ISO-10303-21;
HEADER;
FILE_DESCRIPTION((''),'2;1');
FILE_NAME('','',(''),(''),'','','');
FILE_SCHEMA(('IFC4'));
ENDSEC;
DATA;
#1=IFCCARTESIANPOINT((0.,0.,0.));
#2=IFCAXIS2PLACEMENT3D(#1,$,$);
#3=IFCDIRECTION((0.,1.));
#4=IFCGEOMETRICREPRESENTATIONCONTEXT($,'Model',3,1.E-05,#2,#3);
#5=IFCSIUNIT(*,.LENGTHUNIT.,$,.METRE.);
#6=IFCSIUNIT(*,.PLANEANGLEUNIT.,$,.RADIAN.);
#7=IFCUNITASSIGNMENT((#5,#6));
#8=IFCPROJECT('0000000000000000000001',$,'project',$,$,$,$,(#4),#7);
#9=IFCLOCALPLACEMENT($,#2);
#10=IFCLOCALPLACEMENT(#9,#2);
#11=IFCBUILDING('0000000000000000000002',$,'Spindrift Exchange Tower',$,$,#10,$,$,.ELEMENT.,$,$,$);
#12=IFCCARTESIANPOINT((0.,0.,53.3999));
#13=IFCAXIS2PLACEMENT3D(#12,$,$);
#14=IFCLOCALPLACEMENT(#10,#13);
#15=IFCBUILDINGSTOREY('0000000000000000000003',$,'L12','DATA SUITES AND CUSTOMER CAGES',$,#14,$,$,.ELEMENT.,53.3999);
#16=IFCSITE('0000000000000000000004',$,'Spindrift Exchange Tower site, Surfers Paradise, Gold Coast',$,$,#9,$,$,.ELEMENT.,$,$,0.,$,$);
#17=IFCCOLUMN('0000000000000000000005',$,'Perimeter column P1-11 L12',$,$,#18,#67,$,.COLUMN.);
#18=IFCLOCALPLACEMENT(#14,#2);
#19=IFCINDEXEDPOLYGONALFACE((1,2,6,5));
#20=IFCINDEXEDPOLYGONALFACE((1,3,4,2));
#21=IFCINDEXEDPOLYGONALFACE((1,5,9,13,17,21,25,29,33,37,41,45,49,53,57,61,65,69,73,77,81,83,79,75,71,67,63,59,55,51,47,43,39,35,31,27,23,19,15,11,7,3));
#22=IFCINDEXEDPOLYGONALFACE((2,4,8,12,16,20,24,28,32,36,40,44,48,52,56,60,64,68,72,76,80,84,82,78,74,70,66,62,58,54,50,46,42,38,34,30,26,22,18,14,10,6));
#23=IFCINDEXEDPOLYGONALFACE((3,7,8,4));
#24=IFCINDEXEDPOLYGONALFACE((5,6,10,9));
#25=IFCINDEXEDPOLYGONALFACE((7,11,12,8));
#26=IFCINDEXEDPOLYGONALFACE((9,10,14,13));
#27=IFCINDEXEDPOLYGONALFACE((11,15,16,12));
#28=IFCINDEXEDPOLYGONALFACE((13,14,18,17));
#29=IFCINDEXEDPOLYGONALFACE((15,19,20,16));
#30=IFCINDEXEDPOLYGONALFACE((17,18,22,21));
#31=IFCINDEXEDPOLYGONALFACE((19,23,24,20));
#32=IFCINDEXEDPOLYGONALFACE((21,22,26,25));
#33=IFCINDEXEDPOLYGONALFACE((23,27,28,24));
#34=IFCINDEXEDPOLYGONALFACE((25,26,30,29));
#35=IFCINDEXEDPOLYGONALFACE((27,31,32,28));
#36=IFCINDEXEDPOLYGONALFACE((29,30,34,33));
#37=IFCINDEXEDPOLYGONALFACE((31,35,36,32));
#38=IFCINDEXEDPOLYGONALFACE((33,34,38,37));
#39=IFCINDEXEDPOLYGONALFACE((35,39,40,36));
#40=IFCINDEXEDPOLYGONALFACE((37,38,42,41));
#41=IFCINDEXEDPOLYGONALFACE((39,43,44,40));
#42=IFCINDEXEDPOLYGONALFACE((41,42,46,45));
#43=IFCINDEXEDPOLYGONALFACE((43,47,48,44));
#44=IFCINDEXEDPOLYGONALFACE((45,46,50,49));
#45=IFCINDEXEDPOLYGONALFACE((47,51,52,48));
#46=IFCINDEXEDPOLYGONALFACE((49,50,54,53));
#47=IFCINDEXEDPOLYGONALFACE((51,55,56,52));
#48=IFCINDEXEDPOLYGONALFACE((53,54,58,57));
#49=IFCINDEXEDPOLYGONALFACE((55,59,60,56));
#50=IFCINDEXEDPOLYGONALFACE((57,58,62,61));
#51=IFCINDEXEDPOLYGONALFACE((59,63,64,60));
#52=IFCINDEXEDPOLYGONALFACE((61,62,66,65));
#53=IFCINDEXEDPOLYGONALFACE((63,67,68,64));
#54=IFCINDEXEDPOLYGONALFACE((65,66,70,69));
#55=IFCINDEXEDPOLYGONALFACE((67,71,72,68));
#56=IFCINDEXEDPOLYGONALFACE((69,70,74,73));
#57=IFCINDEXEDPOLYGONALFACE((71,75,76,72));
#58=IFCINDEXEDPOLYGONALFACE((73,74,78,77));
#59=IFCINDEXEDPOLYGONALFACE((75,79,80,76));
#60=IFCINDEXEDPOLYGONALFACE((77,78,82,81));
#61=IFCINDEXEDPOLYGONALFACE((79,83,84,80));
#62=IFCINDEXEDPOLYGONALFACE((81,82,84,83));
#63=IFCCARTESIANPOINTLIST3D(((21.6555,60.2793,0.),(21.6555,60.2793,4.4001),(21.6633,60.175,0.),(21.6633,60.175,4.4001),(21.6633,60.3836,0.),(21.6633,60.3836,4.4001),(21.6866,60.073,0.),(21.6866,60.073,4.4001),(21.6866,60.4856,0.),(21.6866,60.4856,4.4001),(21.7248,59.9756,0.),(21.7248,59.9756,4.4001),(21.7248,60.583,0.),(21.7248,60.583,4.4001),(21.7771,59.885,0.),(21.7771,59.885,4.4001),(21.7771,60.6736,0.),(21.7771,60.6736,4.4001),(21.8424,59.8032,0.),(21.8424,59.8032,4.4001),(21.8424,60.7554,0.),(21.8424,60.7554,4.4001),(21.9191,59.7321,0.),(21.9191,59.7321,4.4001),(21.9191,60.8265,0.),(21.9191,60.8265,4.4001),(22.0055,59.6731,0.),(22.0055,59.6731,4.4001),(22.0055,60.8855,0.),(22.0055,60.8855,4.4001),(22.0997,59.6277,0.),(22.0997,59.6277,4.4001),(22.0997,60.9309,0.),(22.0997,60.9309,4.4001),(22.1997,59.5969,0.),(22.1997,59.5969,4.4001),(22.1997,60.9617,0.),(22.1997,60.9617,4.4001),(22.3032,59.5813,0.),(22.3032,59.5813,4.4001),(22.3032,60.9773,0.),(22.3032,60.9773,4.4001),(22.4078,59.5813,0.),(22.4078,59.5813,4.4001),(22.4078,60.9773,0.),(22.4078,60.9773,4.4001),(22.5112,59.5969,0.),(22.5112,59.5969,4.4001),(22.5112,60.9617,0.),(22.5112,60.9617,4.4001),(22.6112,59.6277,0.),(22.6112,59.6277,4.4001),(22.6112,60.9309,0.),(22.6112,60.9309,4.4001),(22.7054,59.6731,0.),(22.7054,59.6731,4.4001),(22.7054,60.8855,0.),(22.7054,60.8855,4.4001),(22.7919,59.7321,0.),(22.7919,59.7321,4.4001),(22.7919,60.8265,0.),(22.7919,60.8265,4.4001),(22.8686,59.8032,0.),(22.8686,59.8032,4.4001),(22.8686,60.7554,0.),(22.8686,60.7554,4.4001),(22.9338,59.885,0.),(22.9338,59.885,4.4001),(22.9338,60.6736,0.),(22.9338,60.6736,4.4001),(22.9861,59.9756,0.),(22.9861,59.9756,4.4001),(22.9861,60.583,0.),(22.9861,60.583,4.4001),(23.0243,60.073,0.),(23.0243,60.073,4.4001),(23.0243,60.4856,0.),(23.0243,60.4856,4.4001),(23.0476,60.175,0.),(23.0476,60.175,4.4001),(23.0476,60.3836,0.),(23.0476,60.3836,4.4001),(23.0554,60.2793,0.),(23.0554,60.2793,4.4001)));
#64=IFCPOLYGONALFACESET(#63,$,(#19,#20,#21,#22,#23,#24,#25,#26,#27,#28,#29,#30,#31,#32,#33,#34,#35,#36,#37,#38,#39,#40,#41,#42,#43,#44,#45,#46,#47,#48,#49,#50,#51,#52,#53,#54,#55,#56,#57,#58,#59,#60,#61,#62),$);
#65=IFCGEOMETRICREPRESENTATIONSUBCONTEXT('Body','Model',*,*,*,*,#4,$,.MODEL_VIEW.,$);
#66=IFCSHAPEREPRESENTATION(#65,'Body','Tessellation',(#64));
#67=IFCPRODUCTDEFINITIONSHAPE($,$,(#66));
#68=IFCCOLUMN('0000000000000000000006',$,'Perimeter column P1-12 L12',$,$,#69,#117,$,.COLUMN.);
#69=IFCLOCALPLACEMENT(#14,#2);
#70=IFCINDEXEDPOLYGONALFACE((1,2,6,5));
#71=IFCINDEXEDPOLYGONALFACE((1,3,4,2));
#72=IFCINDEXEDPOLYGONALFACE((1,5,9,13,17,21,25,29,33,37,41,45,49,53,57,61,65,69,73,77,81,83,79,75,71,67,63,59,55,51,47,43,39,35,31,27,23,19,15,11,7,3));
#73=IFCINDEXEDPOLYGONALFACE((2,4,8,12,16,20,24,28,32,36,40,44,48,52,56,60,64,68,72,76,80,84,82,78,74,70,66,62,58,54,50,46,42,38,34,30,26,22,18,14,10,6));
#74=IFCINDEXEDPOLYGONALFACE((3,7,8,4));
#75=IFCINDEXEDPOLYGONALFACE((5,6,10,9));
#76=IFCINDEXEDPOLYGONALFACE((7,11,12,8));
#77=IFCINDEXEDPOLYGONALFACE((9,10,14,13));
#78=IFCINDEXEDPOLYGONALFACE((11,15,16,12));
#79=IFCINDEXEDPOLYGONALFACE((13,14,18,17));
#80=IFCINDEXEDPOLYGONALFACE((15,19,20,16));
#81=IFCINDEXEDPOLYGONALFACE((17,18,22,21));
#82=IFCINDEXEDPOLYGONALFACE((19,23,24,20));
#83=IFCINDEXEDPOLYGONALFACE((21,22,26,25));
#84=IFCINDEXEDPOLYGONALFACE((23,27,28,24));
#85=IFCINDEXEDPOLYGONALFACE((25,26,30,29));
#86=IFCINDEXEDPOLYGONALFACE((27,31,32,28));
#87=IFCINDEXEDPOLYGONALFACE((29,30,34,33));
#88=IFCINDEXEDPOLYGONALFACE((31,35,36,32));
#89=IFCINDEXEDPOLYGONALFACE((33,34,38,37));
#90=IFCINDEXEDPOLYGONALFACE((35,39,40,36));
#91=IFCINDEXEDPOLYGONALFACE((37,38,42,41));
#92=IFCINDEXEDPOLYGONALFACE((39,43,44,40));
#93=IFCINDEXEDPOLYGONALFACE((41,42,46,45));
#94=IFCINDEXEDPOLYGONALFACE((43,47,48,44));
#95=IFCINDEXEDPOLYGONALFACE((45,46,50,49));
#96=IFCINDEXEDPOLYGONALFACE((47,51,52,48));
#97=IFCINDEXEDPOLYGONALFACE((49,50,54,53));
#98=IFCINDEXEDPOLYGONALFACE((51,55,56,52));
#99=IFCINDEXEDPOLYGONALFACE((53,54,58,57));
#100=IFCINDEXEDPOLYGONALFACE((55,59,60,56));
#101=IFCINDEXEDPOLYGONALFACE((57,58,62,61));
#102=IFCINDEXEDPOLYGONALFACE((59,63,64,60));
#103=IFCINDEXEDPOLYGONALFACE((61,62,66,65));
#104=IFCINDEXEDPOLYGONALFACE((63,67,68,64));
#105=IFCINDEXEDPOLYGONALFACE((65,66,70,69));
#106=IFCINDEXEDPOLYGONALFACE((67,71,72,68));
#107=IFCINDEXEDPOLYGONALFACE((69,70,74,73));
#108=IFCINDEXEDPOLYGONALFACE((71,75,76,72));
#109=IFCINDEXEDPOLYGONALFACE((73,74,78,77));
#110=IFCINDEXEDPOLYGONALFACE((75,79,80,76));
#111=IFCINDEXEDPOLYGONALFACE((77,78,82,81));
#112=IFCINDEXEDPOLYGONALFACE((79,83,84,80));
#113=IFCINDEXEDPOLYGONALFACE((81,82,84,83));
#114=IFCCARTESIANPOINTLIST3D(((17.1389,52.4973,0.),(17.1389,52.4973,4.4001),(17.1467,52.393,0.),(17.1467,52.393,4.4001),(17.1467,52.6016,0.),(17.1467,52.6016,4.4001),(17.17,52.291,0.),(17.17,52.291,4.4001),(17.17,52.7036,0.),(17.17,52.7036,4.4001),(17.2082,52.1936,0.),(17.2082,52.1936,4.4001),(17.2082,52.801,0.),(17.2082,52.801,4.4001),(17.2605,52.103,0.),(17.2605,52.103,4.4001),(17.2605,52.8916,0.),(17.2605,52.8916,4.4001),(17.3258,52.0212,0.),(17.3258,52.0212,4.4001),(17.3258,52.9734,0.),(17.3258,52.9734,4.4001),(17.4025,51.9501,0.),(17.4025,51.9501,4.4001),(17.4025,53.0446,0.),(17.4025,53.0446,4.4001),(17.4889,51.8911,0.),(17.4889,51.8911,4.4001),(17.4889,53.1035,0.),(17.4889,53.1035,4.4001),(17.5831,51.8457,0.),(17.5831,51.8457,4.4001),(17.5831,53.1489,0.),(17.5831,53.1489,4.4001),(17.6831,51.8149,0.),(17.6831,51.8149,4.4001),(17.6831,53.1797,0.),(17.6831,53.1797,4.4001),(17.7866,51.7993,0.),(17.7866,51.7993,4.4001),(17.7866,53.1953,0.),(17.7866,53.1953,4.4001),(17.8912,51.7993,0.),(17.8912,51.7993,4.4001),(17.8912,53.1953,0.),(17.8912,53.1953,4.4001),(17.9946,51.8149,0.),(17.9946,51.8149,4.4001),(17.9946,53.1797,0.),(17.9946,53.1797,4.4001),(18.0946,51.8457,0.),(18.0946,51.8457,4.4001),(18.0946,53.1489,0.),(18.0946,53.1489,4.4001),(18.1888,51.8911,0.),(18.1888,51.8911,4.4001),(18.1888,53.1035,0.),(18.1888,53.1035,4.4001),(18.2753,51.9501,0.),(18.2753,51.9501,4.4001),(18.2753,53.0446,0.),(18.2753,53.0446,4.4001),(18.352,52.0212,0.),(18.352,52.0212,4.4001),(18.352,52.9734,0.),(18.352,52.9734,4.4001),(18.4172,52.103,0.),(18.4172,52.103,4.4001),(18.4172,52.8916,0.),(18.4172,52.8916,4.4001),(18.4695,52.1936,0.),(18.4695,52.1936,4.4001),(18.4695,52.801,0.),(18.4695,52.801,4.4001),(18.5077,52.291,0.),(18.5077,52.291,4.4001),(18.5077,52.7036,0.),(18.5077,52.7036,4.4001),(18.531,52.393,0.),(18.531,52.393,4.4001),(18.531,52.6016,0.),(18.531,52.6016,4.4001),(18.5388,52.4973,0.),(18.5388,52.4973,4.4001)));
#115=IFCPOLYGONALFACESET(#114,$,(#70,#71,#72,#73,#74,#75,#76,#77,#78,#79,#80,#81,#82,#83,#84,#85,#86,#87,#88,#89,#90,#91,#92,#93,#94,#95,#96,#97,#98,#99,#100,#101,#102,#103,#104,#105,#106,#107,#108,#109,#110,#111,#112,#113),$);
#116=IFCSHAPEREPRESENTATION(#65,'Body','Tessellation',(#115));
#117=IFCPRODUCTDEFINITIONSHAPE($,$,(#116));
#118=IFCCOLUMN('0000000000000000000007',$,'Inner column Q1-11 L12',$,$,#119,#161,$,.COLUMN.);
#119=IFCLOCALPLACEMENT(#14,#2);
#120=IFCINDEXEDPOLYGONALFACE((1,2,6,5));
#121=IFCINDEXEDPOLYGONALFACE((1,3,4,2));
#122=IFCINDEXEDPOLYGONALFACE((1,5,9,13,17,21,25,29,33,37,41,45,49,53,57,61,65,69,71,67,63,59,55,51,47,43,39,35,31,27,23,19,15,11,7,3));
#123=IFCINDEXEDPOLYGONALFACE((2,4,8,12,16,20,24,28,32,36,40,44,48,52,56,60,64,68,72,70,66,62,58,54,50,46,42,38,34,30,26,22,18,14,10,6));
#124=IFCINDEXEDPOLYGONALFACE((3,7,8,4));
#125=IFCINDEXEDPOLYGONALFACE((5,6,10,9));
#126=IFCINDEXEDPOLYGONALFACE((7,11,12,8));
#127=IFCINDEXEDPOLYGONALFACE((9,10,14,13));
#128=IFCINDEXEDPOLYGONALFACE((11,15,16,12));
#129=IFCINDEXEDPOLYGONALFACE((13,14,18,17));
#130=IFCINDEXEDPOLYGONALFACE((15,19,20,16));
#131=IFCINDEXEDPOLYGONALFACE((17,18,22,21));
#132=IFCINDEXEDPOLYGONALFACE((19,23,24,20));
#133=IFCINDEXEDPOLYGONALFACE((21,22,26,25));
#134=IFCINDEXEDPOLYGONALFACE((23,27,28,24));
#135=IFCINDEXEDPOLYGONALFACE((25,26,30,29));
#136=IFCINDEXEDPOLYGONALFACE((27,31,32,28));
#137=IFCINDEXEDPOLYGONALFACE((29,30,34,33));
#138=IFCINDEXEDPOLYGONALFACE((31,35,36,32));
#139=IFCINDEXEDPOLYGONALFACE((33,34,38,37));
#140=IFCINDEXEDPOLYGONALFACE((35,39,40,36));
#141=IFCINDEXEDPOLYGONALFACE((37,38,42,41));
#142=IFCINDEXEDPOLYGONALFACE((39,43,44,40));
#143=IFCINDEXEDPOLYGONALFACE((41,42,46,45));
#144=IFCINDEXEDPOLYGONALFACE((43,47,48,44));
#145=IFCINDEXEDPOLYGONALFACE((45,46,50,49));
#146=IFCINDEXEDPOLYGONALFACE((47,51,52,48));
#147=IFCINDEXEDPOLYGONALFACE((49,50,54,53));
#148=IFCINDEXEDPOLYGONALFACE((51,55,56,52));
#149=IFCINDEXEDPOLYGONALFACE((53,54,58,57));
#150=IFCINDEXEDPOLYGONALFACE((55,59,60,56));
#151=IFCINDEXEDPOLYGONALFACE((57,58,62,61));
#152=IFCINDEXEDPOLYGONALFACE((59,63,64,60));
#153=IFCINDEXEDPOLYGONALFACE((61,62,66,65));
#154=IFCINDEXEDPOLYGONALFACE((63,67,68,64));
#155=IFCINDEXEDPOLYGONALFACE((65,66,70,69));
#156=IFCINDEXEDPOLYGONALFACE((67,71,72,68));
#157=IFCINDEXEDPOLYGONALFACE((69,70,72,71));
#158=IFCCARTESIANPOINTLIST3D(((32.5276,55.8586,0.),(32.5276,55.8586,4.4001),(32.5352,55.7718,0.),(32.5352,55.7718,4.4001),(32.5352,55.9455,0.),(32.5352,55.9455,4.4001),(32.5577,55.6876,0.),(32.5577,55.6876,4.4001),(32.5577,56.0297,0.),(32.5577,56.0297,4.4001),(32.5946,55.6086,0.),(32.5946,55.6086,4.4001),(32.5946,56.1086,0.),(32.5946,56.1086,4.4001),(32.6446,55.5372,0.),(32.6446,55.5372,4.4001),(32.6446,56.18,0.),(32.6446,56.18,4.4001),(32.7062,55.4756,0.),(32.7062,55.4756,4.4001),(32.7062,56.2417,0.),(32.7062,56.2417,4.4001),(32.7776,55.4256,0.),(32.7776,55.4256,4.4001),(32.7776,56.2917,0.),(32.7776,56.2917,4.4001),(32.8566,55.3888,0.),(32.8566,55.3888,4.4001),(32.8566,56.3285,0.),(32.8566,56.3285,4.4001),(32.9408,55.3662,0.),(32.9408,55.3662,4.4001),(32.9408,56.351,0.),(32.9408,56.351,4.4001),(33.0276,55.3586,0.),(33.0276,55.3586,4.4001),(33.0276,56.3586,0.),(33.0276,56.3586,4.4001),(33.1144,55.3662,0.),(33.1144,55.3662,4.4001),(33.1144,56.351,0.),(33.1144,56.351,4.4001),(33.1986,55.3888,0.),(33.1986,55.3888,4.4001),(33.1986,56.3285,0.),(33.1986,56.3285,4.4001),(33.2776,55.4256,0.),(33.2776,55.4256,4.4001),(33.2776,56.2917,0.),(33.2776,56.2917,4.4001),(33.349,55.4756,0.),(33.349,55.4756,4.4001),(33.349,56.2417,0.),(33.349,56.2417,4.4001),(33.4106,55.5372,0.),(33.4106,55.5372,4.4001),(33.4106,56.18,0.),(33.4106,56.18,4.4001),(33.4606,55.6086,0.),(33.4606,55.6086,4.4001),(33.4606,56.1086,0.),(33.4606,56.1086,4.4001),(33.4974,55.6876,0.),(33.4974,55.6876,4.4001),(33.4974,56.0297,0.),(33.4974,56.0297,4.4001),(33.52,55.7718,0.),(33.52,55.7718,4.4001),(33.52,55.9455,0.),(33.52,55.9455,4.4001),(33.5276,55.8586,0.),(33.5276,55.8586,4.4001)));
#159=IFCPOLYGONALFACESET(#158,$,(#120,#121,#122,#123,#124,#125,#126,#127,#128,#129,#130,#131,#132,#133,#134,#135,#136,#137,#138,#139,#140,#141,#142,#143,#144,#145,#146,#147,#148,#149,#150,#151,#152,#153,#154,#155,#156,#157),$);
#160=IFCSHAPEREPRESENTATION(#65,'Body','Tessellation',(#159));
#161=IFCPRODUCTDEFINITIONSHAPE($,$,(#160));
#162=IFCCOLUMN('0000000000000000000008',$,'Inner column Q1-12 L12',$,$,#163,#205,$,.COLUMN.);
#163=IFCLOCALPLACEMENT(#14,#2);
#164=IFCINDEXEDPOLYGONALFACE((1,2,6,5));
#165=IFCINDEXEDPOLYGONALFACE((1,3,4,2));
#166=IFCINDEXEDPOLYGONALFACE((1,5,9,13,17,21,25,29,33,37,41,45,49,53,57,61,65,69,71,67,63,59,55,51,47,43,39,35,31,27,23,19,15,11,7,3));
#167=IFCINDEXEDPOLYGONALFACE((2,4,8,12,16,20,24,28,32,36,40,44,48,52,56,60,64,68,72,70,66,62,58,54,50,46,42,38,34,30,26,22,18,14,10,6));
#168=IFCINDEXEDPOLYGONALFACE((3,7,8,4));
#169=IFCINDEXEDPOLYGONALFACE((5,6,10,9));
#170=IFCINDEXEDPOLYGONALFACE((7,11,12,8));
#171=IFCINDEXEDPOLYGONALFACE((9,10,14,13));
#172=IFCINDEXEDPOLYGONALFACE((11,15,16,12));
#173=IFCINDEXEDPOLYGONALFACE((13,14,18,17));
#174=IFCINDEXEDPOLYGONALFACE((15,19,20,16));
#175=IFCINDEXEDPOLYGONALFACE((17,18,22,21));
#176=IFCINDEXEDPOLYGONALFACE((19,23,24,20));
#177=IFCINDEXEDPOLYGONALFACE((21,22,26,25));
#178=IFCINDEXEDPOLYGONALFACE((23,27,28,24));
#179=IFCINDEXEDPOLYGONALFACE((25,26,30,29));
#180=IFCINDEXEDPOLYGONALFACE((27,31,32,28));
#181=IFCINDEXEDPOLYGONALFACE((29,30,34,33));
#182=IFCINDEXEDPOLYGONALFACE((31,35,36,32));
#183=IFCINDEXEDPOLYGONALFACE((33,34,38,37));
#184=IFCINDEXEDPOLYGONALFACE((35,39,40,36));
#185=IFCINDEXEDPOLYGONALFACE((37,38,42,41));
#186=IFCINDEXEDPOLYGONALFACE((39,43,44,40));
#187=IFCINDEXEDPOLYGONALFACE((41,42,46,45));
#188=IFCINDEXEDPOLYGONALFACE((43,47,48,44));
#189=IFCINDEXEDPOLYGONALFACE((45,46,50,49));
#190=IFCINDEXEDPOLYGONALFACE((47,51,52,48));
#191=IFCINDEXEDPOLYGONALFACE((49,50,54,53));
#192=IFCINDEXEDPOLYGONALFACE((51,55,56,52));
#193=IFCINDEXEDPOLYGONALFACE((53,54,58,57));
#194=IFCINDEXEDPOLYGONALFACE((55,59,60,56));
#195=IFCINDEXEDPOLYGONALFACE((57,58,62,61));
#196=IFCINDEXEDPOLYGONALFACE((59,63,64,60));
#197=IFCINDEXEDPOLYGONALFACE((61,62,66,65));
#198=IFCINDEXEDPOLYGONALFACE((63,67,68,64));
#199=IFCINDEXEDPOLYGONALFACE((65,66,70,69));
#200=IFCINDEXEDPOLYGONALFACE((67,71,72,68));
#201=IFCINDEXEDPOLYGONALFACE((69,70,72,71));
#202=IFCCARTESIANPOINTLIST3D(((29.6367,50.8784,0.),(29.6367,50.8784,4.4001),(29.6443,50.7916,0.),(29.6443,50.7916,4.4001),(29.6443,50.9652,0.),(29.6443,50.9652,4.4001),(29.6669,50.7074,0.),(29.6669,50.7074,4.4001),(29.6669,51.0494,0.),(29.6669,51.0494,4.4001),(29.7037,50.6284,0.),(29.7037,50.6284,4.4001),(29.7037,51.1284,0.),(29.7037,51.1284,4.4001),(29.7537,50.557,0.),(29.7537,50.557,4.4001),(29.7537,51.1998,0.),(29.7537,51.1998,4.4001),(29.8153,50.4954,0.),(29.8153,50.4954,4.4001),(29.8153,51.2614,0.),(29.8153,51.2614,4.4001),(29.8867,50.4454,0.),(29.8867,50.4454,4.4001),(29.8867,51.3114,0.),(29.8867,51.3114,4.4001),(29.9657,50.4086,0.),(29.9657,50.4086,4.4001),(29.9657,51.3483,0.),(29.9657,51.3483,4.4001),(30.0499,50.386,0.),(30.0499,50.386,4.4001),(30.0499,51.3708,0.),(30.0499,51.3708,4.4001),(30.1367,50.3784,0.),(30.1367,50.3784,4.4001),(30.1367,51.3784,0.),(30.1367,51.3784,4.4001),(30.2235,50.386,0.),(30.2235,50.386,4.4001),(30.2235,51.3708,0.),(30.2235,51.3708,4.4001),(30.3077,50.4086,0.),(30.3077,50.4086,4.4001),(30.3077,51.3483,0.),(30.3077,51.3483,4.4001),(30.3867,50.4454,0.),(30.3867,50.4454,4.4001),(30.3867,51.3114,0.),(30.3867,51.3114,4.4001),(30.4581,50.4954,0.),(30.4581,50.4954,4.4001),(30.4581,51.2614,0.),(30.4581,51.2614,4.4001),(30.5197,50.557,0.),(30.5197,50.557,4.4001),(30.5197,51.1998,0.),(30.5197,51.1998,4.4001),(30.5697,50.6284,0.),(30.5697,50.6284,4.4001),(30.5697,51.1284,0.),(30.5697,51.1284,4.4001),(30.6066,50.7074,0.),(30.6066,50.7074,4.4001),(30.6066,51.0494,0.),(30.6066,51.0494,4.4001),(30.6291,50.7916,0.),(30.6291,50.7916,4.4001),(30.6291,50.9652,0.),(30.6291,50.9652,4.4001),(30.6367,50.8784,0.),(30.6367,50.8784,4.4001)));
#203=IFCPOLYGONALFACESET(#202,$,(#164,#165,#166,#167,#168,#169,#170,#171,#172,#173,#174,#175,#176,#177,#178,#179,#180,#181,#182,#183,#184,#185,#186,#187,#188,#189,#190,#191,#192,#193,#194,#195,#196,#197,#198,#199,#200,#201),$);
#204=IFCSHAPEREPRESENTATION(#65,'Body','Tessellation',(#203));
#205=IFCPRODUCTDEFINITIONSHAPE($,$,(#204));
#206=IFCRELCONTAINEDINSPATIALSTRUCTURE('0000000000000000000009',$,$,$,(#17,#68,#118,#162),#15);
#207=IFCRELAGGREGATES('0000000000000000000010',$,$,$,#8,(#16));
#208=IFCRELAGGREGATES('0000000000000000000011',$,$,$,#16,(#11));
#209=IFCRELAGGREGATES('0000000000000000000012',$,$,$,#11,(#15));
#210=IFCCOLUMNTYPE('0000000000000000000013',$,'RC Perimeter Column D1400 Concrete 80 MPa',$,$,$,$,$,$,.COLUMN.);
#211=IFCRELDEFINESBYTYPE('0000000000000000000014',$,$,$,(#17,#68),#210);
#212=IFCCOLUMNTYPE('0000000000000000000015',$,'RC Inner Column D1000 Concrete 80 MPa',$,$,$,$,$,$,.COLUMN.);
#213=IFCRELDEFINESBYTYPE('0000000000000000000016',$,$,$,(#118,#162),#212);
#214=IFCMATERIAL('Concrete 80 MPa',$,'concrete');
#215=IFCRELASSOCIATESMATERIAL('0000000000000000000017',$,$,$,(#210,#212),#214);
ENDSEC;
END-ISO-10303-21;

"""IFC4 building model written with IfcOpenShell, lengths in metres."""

from ifc_helpers import new_model, si_unit, direction, frame, origin, origin_2d, place, context, subcontext, project, spatial, circle, extrude, source, transform, mapped, material, material_profile, profile_set, type_object, element, save


model = new_model("IFC4")

# Units and contexts
model_context = context("Model", 3, precision=1e-05, world=origin(), true_north=direction((0.0, 1.0)))
body_context = subcontext(model_context, "Body", "Model", "MODEL_VIEW")
ifc_project = project(units=[si_unit("LENGTHUNIT", "METRE"), si_unit("PLANEANGLEUNIT", "RADIAN")], contexts=[model_context])

# Site, building, storey
site_placement = place(None, origin())
site = spatial("IfcSite", under=ifc_project, at=site_placement, Name="Spindrift Exchange Tower site, Surfers Paradise, Gold Coast", CompositionType="ELEMENT", RefElevation=0.0)
building_placement = place(site_placement, origin())
building = spatial("IfcBuilding", under=site, at=building_placement, Name="Spindrift Exchange Tower", CompositionType="ELEMENT")
storey_placement = place(building_placement, frame((0.0, 0.0, 53.3999)))
storey = spatial("IfcBuildingStorey", under=building, at=storey_placement, Name="L12", Description="DATA SUITES AND CUSTOMER CAGES", CompositionType="ELEMENT", Elevation=53.3999)

# Columns
ifc_material_1 = material(Name="Concrete 80 MPa", Category="concrete")
ifc_material_profile_1 = material_profile(ifc_material_1, circle(Radius=0.7, at=origin_2d()), Name="RC D1400")
ifc_profile_set_1 = profile_set([ifc_material_profile_1], Name="Concrete 80 MPa")
column_type_1 = type_object("IfcColumnType", Name="RC Perimeter Column D1400 Concrete 80 MPa", PredefinedType="COLUMN", material=ifc_profile_set_1)
shared_shape_1 = source(origin(), body_context, "Body", "SweptSolid", [
    extrude(circle(Radius=0.7, at=origin_2d()), origin(), (0.0, 0.0, 1.0), 4.4001),
])
for number, where, z_axis, x_axis, name in (
    (1, (22.3555, 60.2793, 0.0), (0.0, 0.0, 1.0), (1.0, 0.0, 0.0), "Perimeter column P1-11 L12"),
    (2, (17.8389, 52.4973, 0.0), (0.0, 0.0, 1.0), (1.0, 0.0, 0.0), "Perimeter column P1-12 L12"),
):
    element("IfcColumn", number, at=place(storey_placement, frame(where, z_axis=z_axis, x_axis=x_axis)), inside=storey, type_object=column_type_1, Name=name, PredefinedType="COLUMN", context=body_context, shape_type="MappedRepresentation", body=[
        mapped(shared_shape_1, transform((0.0, 0.0, 0.0), scale=1.0)),
    ])
ifc_material_profile_2 = material_profile(ifc_material_1, circle(Radius=0.5, at=origin_2d()), Name="RC D1000")
ifc_profile_set_2 = profile_set([ifc_material_profile_2], Name="Concrete 80 MPa")
column_type_2 = type_object("IfcColumnType", Name="RC Inner Column D1000 Concrete 80 MPa", PredefinedType="COLUMN", material=ifc_profile_set_2)
shared_shape_2 = source(origin(), body_context, "Body", "SweptSolid", [
    extrude(circle(Radius=0.5, at=origin_2d()), origin(), (0.0, 0.0, 1.0), 4.4001),
])
for number, where, z_axis, x_axis, name in (
    (3, (33.0276, 55.8586, 0.0), (0.0, 0.0, 1.0), (1.0, 0.0, 0.0), "Inner column Q1-11 L12"),
    (4, (30.1367, 50.8784, 0.0), (0.0, 0.0, 1.0), (1.0, 0.0, 0.0), "Inner column Q1-12 L12"),
):
    element("IfcColumn", number, at=place(storey_placement, frame(where, z_axis=z_axis, x_axis=x_axis)), inside=storey, type_object=column_type_2, Name=name, PredefinedType="COLUMN", context=body_context, shape_type="MappedRepresentation", body=[
        mapped(shared_shape_2, transform((0.0, 0.0, 0.0), scale=1.0)),
    ])

save(model, "model.ifc")
